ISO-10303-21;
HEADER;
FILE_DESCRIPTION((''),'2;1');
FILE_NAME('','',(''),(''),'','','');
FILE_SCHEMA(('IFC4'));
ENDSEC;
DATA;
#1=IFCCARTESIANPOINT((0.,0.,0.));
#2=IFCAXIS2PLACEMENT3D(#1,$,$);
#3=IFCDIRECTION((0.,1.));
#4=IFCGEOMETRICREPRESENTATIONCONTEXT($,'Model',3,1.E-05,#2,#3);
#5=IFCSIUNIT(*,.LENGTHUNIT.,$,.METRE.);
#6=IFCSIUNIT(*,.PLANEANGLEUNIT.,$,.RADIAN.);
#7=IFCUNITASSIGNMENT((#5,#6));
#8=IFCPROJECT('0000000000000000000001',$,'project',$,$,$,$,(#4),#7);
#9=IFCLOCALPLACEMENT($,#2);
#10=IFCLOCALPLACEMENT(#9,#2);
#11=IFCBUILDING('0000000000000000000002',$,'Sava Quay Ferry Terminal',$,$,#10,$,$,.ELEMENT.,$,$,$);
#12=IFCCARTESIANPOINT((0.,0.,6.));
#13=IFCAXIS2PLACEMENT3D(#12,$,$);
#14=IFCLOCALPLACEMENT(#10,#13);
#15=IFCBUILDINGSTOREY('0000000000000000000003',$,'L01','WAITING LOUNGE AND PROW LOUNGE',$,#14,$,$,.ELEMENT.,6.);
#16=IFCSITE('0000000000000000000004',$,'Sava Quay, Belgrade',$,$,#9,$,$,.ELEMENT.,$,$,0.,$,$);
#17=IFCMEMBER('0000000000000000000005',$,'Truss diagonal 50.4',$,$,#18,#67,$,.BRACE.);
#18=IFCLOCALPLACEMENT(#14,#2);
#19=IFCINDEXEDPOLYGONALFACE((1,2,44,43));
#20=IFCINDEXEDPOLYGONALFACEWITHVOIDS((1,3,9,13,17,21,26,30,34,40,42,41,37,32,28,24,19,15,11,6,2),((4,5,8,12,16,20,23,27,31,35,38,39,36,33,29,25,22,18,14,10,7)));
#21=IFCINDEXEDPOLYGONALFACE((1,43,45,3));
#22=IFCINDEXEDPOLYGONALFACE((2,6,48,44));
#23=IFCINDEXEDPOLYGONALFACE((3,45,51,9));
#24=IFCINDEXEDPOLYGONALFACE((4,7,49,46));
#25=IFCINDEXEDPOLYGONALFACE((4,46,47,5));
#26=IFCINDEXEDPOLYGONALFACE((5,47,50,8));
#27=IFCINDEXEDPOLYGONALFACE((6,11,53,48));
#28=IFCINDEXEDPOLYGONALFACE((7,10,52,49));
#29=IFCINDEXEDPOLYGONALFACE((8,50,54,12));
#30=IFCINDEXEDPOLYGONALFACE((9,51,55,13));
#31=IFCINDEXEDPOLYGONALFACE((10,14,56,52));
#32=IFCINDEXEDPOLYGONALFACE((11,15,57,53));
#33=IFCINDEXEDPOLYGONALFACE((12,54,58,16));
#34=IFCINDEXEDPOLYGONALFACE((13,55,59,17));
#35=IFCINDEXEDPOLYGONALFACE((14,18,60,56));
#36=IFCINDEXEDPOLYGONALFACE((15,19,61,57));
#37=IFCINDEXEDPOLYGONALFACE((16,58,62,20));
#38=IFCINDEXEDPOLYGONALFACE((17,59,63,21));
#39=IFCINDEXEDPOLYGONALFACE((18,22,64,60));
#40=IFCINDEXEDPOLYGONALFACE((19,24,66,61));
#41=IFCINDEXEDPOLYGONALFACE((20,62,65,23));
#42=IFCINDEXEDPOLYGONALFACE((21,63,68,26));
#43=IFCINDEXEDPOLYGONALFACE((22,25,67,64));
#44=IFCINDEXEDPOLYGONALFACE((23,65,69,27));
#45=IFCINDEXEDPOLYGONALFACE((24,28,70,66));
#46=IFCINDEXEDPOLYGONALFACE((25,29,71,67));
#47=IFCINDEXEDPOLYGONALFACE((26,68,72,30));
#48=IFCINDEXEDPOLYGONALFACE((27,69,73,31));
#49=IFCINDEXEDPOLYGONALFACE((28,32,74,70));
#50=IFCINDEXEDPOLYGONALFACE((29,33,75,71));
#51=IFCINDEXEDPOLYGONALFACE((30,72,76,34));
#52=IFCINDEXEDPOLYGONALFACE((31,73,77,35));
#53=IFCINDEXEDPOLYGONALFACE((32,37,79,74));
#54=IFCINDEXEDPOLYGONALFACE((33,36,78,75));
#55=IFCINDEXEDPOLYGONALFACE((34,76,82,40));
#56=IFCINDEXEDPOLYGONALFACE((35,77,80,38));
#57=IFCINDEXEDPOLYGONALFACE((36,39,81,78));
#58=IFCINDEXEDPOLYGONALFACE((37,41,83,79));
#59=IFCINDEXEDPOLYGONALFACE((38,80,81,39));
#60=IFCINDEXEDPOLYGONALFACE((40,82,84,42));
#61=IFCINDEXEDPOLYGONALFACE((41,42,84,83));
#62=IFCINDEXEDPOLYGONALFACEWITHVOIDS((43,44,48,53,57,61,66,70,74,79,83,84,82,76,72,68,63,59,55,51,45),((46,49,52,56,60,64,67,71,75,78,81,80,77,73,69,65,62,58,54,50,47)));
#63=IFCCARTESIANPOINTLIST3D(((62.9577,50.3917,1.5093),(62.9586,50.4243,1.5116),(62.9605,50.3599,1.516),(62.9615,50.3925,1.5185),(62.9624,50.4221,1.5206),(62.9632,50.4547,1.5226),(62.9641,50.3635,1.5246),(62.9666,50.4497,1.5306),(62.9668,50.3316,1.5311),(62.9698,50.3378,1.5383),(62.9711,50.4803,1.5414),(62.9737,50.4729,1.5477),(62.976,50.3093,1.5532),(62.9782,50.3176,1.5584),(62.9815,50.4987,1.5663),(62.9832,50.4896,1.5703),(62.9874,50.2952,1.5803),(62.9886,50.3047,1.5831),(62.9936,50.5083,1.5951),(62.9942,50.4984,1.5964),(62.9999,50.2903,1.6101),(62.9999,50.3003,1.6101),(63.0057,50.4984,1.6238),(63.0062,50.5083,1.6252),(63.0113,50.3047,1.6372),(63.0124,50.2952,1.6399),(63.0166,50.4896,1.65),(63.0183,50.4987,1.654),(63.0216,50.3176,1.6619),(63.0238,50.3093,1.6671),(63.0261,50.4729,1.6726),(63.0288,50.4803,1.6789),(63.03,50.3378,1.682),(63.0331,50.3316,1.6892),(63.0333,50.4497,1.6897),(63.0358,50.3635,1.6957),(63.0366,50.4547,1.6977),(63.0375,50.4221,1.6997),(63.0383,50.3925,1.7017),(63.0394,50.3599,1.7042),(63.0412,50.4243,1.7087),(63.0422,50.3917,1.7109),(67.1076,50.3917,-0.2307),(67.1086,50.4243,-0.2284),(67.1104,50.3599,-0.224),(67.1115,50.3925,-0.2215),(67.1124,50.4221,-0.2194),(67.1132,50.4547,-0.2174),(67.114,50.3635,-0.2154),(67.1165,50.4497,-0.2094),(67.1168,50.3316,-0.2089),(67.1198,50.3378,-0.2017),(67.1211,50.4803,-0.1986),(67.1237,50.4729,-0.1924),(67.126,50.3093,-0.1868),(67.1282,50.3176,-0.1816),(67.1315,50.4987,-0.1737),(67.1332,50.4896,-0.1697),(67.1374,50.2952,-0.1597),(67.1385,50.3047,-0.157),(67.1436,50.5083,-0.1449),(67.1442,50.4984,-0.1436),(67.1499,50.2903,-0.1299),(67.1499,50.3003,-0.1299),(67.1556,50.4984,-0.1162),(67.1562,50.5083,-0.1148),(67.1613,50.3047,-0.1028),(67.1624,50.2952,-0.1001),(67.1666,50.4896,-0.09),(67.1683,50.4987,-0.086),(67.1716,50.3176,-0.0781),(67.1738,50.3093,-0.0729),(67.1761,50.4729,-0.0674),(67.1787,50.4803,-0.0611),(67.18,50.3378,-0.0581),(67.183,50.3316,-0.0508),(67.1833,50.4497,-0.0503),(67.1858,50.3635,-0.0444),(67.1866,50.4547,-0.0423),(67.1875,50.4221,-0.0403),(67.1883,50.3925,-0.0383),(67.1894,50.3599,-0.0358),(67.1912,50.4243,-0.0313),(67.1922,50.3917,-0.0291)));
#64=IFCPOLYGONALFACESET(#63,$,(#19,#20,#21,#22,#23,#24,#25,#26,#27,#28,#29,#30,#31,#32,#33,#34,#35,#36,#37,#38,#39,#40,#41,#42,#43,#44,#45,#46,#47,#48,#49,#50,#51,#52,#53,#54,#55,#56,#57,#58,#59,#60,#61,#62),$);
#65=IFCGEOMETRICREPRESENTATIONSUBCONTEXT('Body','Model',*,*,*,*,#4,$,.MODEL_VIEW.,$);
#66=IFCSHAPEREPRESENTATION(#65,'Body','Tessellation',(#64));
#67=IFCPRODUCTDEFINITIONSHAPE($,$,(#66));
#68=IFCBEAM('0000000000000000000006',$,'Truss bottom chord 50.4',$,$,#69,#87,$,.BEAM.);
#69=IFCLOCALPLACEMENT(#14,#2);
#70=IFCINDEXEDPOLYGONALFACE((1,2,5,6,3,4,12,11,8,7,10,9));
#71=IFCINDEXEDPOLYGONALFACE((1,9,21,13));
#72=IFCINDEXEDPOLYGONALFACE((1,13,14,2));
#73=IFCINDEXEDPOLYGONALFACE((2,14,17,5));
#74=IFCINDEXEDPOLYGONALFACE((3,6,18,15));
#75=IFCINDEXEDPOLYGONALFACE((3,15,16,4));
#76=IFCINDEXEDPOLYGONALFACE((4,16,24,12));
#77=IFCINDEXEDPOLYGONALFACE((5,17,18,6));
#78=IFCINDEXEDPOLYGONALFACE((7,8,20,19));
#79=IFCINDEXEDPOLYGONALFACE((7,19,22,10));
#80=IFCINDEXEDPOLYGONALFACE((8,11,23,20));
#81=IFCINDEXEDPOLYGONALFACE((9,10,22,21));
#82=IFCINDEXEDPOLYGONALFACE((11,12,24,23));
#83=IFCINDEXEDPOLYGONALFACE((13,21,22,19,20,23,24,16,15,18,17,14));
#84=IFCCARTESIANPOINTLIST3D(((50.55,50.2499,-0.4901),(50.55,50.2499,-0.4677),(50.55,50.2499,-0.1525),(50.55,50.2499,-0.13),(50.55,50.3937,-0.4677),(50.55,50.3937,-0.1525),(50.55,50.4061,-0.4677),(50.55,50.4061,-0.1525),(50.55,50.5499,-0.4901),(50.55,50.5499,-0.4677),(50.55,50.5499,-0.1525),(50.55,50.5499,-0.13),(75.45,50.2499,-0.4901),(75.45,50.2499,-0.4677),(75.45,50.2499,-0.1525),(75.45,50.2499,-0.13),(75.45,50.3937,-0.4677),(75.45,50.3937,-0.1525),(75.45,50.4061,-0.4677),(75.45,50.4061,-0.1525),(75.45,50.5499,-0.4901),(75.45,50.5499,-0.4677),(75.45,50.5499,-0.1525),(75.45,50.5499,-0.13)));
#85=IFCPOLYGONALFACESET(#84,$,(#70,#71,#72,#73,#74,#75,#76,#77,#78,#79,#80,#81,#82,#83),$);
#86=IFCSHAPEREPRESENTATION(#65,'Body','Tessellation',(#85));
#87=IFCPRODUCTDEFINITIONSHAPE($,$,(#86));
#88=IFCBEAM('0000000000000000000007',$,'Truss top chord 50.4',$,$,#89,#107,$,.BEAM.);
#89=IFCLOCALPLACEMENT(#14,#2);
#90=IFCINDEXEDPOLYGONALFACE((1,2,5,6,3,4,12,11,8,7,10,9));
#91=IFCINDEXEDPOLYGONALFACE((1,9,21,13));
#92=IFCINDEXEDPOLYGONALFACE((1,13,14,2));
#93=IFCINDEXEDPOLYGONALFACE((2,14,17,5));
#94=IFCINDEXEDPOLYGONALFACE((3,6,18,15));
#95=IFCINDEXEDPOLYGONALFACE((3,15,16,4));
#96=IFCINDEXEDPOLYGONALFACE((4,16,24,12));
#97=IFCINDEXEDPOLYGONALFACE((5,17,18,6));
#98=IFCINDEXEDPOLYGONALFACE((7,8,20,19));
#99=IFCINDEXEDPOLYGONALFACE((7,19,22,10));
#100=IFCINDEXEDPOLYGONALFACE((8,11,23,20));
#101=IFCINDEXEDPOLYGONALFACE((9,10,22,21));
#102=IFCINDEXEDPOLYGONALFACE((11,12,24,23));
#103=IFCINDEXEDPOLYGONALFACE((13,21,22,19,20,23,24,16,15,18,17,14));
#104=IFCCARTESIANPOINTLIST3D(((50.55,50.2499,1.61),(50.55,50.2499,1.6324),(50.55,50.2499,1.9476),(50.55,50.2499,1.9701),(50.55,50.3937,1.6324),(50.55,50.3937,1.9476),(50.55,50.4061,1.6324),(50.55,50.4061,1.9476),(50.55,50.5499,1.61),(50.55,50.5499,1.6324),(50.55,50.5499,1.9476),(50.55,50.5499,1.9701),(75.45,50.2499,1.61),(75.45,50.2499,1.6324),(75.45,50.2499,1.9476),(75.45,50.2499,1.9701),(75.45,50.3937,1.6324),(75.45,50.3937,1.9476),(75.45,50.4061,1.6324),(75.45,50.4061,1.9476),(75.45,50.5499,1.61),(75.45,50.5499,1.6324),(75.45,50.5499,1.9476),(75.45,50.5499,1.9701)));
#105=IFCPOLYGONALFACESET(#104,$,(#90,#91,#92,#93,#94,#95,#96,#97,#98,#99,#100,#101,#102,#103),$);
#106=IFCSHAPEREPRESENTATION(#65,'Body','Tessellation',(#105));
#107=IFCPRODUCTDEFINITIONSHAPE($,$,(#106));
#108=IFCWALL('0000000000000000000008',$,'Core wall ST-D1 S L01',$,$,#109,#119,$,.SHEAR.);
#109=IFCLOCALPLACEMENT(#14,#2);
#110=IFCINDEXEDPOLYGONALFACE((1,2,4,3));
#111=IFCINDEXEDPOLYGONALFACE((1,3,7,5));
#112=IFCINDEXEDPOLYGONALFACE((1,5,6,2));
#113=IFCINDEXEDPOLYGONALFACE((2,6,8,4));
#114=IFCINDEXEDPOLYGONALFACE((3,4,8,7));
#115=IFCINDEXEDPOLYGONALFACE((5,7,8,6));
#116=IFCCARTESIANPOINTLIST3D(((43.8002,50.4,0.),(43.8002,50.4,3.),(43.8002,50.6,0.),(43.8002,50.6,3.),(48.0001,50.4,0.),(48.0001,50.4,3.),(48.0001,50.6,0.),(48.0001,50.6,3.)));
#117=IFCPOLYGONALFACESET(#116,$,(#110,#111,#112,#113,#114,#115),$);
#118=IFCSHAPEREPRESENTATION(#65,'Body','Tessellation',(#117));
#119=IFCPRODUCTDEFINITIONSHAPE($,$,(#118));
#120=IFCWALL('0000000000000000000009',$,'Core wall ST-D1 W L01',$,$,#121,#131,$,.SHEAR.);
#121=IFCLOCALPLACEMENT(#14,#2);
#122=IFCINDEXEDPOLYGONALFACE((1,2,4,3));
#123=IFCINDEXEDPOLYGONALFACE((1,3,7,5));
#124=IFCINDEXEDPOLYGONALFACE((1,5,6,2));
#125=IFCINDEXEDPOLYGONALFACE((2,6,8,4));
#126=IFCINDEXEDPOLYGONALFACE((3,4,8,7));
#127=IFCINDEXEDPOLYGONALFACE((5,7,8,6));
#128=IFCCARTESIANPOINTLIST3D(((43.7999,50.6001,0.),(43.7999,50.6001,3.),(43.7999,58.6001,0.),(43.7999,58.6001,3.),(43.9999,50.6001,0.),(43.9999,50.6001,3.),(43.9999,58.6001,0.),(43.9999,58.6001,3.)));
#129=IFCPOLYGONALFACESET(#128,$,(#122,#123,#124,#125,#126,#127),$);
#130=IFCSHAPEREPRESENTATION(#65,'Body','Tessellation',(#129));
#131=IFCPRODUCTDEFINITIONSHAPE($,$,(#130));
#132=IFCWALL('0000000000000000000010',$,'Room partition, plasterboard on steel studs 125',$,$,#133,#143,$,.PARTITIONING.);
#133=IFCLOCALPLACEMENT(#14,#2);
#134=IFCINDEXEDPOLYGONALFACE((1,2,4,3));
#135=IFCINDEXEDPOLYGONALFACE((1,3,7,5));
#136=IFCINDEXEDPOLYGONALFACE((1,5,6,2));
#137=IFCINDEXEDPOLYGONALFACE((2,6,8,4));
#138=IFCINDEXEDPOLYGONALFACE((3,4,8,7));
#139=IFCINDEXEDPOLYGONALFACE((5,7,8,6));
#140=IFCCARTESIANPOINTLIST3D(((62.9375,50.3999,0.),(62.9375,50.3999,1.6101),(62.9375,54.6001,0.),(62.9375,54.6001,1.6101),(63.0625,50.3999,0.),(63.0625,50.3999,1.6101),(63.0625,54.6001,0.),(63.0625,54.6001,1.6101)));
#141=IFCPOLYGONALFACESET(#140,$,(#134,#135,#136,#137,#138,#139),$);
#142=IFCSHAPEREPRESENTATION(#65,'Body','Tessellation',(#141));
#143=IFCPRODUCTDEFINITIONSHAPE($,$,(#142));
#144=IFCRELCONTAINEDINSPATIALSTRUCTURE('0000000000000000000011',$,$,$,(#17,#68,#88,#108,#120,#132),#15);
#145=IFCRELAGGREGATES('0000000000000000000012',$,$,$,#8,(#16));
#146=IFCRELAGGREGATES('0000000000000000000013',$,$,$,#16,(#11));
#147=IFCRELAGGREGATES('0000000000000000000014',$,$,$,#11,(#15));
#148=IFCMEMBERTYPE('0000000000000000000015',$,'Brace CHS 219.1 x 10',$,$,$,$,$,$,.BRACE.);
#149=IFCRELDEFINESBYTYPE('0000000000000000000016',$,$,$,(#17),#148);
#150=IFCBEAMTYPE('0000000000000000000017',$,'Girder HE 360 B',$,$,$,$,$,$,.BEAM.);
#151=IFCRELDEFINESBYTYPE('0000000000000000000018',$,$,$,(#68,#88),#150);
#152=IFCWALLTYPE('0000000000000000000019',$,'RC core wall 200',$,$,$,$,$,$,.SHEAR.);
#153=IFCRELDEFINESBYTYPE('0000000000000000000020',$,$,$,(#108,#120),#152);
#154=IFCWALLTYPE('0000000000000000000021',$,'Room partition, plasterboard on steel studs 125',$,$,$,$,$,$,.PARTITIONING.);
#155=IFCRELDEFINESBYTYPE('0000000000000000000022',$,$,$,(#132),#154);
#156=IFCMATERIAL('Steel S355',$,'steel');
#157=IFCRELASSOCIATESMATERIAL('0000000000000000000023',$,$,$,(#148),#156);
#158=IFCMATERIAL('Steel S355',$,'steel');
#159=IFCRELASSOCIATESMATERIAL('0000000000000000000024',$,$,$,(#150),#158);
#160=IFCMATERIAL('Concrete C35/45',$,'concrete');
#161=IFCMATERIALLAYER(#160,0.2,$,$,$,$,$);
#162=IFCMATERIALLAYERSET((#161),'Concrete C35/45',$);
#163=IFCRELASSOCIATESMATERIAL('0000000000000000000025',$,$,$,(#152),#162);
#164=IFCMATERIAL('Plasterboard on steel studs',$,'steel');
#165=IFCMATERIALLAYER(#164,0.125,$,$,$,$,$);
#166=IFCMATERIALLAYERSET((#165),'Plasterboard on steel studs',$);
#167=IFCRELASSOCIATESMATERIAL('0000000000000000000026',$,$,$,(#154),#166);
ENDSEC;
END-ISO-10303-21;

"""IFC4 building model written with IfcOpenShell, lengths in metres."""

from ifc_helpers import new_model, si_unit, direction, frame, frame_2d, origin, origin_2d, place, context, subcontext, project, spatial, rectangle, hollow_circle, i_section, extrude, material, layer, layer_set, material_profile, profile_set, type_object, element, save


model = new_model("IFC4")

# Units and contexts
model_context = context("Model", 3, precision=1e-05, world=origin(), true_north=direction((0.0, 1.0)))
body_context = subcontext(model_context, "Body", "Model", "MODEL_VIEW")
ifc_project = project(units=[si_unit("LENGTHUNIT", "METRE"), si_unit("PLANEANGLEUNIT", "RADIAN")], contexts=[model_context])

# Site, building, storey
site_placement = place(None, origin())
site = spatial("IfcSite", under=ifc_project, at=site_placement, Name="Sava Quay, Belgrade", CompositionType="ELEMENT", RefElevation=0.0)
building_placement = place(site_placement, origin())
building = spatial("IfcBuilding", under=site, at=building_placement, Name="Sava Quay Ferry Terminal", CompositionType="ELEMENT")
storey_placement = place(building_placement, frame((0.0, 0.0, 6.0)))
storey = spatial("IfcBuildingStorey", under=building, at=storey_placement, Name="L01", Description="WAITING LOUNGE AND PROW LOUNGE", CompositionType="ELEMENT", Elevation=6.0)

# Member
ifc_material_1 = material(Name="Steel S355", Category="steel")
ifc_material_profile_1 = material_profile(ifc_material_1, hollow_circle(Radius=0.1096, WallThickness=0.01, at=origin_2d()), Name="CHS 219.1 x 10")
ifc_profile_set_1 = profile_set([ifc_material_profile_1], Name="Steel S355")
member_type_1 = type_object("IfcMemberType", Name="Brace CHS 219.1 x 10", PredefinedType="BRACE", material=ifc_profile_set_1)
for number, where, z_axis, x_axis, name in (
    (1, (67.1499, 50.3999, -0.1299), (-0.922217, 0.0, 0.386672), (0.0, -1.0, 0.0), "Truss diagonal 50.4"),
):
    element("IfcMember", number, at=place(storey_placement, frame(where, z_axis=z_axis, x_axis=x_axis)), inside=storey, type_object=member_type_1, Name=name, PredefinedType="BRACE", context=body_context, shape_type="SweptSolid", body=[
        extrude(hollow_circle(Radius=0.1096, WallThickness=0.01, at=origin_2d()), origin(), (0.0, 0.0, 1.0), 4.5),
    ])

# Beams
ifc_material_2 = material(Name="Steel S355", Category="steel")
ifc_material_profile_2 = material_profile(ifc_material_2, i_section(OverallWidth=0.3, OverallDepth=0.3601, WebThickness=0.0125, FlangeThickness=0.0225, at=origin_2d()), Name="HE 360 B")
ifc_profile_set_2 = profile_set([ifc_material_profile_2], Name="Steel S355")
beam_type_1 = type_object("IfcBeamType", Name="Girder HE 360 B", PredefinedType="BEAM", material=ifc_profile_set_2)
for number, where, z_axis, x_axis, name in (
    (2, (50.55, 50.3999, -0.3101), (1.0, 0.0, 0.0), (0.0, 1.0, 0.0), "Truss bottom chord 50.4"),
    (3, (50.55, 50.3999, 1.79), (1.0, 0.0, 0.0), (0.0, 1.0, 0.0), "Truss top chord 50.4"),
):
    element("IfcBeam", number, at=place(storey_placement, frame(where, z_axis=z_axis, x_axis=x_axis)), inside=storey, type_object=beam_type_1, Name=name, PredefinedType="BEAM", context=body_context, shape_type="SweptSolid", body=[
        extrude(i_section(OverallWidth=0.3, OverallDepth=0.3601, WebThickness=0.0125, FlangeThickness=0.0225, at=origin_2d()), origin(), (0.0, 0.0, 1.0), 24.8999),
    ])

# Walls
ifc_material_3 = material(Name="Concrete C35/45", Category="concrete")
ifc_layer_1 = layer(ifc_material_3, 0.2)
ifc_layer_set_1 = layer_set([ifc_layer_1], Name="Concrete C35/45")
wall_type_1 = type_object("IfcWallType", Name="RC core wall 200", PredefinedType="SHEAR", material=ifc_layer_set_1)
wall_1_placement = place(storey_placement, frame((43.8, 50.5, 0.0), z_axis=(0.0, 0.0, 1.0), x_axis=(1.0, 0.0, 0.0)))
element("IfcWall", 4, at=wall_1_placement, inside=storey, type_object=wall_type_1, Name="Core wall ST-D1 S L01", PredefinedType="SHEAR", context=body_context, shape_type="SweptSolid", body=[
    extrude(rectangle(XDim=4.2, YDim=0.2, at=frame_2d((2.1001, 0.0))), origin(), (0.0, 0.0, 1.0), 3.0),
])
wall_2_placement = place(storey_placement, frame((43.8999, 50.6001, 0.0), z_axis=(0.0, 0.0, 1.0), x_axis=(0.0, 1.0, 0.0)))
element("IfcWall", 5, at=wall_2_placement, inside=storey, type_object=wall_type_1, Name="Core wall ST-D1 W L01", PredefinedType="SHEAR", context=body_context, shape_type="SweptSolid", body=[
    extrude(rectangle(XDim=8.0, YDim=0.2, at=frame_2d((4.0, 0.0))), origin(), (0.0, 0.0, 1.0), 3.0),
])
ifc_material_4 = material(Name="Plasterboard on steel studs", Category="steel")
ifc_layer_2 = layer(ifc_material_4, 0.125)
ifc_layer_set_2 = layer_set([ifc_layer_2], Name="Plasterboard on steel studs")
wall_type_2 = type_object("IfcWallType", Name="Room partition, plasterboard on steel studs 125", PredefinedType="PARTITIONING", material=ifc_layer_set_2)
wall_3_placement = place(storey_placement, frame((63.0, 50.3999, 0.0), z_axis=(0.0, 0.0, 1.0), x_axis=(0.0, 1.0, 0.0)))
element("IfcWall", 6, at=wall_3_placement, inside=storey, type_object=wall_type_2, Name="Room partition, plasterboard on steel studs 125", PredefinedType="PARTITIONING", context=body_context, shape_type="SweptSolid", body=[
    extrude(rectangle(XDim=4.2002, YDim=0.125, at=frame_2d((2.1001, 0.0))), origin(), (0.0, 0.0, 1.0), 1.6101),
])

save(model, "model.ifc")
